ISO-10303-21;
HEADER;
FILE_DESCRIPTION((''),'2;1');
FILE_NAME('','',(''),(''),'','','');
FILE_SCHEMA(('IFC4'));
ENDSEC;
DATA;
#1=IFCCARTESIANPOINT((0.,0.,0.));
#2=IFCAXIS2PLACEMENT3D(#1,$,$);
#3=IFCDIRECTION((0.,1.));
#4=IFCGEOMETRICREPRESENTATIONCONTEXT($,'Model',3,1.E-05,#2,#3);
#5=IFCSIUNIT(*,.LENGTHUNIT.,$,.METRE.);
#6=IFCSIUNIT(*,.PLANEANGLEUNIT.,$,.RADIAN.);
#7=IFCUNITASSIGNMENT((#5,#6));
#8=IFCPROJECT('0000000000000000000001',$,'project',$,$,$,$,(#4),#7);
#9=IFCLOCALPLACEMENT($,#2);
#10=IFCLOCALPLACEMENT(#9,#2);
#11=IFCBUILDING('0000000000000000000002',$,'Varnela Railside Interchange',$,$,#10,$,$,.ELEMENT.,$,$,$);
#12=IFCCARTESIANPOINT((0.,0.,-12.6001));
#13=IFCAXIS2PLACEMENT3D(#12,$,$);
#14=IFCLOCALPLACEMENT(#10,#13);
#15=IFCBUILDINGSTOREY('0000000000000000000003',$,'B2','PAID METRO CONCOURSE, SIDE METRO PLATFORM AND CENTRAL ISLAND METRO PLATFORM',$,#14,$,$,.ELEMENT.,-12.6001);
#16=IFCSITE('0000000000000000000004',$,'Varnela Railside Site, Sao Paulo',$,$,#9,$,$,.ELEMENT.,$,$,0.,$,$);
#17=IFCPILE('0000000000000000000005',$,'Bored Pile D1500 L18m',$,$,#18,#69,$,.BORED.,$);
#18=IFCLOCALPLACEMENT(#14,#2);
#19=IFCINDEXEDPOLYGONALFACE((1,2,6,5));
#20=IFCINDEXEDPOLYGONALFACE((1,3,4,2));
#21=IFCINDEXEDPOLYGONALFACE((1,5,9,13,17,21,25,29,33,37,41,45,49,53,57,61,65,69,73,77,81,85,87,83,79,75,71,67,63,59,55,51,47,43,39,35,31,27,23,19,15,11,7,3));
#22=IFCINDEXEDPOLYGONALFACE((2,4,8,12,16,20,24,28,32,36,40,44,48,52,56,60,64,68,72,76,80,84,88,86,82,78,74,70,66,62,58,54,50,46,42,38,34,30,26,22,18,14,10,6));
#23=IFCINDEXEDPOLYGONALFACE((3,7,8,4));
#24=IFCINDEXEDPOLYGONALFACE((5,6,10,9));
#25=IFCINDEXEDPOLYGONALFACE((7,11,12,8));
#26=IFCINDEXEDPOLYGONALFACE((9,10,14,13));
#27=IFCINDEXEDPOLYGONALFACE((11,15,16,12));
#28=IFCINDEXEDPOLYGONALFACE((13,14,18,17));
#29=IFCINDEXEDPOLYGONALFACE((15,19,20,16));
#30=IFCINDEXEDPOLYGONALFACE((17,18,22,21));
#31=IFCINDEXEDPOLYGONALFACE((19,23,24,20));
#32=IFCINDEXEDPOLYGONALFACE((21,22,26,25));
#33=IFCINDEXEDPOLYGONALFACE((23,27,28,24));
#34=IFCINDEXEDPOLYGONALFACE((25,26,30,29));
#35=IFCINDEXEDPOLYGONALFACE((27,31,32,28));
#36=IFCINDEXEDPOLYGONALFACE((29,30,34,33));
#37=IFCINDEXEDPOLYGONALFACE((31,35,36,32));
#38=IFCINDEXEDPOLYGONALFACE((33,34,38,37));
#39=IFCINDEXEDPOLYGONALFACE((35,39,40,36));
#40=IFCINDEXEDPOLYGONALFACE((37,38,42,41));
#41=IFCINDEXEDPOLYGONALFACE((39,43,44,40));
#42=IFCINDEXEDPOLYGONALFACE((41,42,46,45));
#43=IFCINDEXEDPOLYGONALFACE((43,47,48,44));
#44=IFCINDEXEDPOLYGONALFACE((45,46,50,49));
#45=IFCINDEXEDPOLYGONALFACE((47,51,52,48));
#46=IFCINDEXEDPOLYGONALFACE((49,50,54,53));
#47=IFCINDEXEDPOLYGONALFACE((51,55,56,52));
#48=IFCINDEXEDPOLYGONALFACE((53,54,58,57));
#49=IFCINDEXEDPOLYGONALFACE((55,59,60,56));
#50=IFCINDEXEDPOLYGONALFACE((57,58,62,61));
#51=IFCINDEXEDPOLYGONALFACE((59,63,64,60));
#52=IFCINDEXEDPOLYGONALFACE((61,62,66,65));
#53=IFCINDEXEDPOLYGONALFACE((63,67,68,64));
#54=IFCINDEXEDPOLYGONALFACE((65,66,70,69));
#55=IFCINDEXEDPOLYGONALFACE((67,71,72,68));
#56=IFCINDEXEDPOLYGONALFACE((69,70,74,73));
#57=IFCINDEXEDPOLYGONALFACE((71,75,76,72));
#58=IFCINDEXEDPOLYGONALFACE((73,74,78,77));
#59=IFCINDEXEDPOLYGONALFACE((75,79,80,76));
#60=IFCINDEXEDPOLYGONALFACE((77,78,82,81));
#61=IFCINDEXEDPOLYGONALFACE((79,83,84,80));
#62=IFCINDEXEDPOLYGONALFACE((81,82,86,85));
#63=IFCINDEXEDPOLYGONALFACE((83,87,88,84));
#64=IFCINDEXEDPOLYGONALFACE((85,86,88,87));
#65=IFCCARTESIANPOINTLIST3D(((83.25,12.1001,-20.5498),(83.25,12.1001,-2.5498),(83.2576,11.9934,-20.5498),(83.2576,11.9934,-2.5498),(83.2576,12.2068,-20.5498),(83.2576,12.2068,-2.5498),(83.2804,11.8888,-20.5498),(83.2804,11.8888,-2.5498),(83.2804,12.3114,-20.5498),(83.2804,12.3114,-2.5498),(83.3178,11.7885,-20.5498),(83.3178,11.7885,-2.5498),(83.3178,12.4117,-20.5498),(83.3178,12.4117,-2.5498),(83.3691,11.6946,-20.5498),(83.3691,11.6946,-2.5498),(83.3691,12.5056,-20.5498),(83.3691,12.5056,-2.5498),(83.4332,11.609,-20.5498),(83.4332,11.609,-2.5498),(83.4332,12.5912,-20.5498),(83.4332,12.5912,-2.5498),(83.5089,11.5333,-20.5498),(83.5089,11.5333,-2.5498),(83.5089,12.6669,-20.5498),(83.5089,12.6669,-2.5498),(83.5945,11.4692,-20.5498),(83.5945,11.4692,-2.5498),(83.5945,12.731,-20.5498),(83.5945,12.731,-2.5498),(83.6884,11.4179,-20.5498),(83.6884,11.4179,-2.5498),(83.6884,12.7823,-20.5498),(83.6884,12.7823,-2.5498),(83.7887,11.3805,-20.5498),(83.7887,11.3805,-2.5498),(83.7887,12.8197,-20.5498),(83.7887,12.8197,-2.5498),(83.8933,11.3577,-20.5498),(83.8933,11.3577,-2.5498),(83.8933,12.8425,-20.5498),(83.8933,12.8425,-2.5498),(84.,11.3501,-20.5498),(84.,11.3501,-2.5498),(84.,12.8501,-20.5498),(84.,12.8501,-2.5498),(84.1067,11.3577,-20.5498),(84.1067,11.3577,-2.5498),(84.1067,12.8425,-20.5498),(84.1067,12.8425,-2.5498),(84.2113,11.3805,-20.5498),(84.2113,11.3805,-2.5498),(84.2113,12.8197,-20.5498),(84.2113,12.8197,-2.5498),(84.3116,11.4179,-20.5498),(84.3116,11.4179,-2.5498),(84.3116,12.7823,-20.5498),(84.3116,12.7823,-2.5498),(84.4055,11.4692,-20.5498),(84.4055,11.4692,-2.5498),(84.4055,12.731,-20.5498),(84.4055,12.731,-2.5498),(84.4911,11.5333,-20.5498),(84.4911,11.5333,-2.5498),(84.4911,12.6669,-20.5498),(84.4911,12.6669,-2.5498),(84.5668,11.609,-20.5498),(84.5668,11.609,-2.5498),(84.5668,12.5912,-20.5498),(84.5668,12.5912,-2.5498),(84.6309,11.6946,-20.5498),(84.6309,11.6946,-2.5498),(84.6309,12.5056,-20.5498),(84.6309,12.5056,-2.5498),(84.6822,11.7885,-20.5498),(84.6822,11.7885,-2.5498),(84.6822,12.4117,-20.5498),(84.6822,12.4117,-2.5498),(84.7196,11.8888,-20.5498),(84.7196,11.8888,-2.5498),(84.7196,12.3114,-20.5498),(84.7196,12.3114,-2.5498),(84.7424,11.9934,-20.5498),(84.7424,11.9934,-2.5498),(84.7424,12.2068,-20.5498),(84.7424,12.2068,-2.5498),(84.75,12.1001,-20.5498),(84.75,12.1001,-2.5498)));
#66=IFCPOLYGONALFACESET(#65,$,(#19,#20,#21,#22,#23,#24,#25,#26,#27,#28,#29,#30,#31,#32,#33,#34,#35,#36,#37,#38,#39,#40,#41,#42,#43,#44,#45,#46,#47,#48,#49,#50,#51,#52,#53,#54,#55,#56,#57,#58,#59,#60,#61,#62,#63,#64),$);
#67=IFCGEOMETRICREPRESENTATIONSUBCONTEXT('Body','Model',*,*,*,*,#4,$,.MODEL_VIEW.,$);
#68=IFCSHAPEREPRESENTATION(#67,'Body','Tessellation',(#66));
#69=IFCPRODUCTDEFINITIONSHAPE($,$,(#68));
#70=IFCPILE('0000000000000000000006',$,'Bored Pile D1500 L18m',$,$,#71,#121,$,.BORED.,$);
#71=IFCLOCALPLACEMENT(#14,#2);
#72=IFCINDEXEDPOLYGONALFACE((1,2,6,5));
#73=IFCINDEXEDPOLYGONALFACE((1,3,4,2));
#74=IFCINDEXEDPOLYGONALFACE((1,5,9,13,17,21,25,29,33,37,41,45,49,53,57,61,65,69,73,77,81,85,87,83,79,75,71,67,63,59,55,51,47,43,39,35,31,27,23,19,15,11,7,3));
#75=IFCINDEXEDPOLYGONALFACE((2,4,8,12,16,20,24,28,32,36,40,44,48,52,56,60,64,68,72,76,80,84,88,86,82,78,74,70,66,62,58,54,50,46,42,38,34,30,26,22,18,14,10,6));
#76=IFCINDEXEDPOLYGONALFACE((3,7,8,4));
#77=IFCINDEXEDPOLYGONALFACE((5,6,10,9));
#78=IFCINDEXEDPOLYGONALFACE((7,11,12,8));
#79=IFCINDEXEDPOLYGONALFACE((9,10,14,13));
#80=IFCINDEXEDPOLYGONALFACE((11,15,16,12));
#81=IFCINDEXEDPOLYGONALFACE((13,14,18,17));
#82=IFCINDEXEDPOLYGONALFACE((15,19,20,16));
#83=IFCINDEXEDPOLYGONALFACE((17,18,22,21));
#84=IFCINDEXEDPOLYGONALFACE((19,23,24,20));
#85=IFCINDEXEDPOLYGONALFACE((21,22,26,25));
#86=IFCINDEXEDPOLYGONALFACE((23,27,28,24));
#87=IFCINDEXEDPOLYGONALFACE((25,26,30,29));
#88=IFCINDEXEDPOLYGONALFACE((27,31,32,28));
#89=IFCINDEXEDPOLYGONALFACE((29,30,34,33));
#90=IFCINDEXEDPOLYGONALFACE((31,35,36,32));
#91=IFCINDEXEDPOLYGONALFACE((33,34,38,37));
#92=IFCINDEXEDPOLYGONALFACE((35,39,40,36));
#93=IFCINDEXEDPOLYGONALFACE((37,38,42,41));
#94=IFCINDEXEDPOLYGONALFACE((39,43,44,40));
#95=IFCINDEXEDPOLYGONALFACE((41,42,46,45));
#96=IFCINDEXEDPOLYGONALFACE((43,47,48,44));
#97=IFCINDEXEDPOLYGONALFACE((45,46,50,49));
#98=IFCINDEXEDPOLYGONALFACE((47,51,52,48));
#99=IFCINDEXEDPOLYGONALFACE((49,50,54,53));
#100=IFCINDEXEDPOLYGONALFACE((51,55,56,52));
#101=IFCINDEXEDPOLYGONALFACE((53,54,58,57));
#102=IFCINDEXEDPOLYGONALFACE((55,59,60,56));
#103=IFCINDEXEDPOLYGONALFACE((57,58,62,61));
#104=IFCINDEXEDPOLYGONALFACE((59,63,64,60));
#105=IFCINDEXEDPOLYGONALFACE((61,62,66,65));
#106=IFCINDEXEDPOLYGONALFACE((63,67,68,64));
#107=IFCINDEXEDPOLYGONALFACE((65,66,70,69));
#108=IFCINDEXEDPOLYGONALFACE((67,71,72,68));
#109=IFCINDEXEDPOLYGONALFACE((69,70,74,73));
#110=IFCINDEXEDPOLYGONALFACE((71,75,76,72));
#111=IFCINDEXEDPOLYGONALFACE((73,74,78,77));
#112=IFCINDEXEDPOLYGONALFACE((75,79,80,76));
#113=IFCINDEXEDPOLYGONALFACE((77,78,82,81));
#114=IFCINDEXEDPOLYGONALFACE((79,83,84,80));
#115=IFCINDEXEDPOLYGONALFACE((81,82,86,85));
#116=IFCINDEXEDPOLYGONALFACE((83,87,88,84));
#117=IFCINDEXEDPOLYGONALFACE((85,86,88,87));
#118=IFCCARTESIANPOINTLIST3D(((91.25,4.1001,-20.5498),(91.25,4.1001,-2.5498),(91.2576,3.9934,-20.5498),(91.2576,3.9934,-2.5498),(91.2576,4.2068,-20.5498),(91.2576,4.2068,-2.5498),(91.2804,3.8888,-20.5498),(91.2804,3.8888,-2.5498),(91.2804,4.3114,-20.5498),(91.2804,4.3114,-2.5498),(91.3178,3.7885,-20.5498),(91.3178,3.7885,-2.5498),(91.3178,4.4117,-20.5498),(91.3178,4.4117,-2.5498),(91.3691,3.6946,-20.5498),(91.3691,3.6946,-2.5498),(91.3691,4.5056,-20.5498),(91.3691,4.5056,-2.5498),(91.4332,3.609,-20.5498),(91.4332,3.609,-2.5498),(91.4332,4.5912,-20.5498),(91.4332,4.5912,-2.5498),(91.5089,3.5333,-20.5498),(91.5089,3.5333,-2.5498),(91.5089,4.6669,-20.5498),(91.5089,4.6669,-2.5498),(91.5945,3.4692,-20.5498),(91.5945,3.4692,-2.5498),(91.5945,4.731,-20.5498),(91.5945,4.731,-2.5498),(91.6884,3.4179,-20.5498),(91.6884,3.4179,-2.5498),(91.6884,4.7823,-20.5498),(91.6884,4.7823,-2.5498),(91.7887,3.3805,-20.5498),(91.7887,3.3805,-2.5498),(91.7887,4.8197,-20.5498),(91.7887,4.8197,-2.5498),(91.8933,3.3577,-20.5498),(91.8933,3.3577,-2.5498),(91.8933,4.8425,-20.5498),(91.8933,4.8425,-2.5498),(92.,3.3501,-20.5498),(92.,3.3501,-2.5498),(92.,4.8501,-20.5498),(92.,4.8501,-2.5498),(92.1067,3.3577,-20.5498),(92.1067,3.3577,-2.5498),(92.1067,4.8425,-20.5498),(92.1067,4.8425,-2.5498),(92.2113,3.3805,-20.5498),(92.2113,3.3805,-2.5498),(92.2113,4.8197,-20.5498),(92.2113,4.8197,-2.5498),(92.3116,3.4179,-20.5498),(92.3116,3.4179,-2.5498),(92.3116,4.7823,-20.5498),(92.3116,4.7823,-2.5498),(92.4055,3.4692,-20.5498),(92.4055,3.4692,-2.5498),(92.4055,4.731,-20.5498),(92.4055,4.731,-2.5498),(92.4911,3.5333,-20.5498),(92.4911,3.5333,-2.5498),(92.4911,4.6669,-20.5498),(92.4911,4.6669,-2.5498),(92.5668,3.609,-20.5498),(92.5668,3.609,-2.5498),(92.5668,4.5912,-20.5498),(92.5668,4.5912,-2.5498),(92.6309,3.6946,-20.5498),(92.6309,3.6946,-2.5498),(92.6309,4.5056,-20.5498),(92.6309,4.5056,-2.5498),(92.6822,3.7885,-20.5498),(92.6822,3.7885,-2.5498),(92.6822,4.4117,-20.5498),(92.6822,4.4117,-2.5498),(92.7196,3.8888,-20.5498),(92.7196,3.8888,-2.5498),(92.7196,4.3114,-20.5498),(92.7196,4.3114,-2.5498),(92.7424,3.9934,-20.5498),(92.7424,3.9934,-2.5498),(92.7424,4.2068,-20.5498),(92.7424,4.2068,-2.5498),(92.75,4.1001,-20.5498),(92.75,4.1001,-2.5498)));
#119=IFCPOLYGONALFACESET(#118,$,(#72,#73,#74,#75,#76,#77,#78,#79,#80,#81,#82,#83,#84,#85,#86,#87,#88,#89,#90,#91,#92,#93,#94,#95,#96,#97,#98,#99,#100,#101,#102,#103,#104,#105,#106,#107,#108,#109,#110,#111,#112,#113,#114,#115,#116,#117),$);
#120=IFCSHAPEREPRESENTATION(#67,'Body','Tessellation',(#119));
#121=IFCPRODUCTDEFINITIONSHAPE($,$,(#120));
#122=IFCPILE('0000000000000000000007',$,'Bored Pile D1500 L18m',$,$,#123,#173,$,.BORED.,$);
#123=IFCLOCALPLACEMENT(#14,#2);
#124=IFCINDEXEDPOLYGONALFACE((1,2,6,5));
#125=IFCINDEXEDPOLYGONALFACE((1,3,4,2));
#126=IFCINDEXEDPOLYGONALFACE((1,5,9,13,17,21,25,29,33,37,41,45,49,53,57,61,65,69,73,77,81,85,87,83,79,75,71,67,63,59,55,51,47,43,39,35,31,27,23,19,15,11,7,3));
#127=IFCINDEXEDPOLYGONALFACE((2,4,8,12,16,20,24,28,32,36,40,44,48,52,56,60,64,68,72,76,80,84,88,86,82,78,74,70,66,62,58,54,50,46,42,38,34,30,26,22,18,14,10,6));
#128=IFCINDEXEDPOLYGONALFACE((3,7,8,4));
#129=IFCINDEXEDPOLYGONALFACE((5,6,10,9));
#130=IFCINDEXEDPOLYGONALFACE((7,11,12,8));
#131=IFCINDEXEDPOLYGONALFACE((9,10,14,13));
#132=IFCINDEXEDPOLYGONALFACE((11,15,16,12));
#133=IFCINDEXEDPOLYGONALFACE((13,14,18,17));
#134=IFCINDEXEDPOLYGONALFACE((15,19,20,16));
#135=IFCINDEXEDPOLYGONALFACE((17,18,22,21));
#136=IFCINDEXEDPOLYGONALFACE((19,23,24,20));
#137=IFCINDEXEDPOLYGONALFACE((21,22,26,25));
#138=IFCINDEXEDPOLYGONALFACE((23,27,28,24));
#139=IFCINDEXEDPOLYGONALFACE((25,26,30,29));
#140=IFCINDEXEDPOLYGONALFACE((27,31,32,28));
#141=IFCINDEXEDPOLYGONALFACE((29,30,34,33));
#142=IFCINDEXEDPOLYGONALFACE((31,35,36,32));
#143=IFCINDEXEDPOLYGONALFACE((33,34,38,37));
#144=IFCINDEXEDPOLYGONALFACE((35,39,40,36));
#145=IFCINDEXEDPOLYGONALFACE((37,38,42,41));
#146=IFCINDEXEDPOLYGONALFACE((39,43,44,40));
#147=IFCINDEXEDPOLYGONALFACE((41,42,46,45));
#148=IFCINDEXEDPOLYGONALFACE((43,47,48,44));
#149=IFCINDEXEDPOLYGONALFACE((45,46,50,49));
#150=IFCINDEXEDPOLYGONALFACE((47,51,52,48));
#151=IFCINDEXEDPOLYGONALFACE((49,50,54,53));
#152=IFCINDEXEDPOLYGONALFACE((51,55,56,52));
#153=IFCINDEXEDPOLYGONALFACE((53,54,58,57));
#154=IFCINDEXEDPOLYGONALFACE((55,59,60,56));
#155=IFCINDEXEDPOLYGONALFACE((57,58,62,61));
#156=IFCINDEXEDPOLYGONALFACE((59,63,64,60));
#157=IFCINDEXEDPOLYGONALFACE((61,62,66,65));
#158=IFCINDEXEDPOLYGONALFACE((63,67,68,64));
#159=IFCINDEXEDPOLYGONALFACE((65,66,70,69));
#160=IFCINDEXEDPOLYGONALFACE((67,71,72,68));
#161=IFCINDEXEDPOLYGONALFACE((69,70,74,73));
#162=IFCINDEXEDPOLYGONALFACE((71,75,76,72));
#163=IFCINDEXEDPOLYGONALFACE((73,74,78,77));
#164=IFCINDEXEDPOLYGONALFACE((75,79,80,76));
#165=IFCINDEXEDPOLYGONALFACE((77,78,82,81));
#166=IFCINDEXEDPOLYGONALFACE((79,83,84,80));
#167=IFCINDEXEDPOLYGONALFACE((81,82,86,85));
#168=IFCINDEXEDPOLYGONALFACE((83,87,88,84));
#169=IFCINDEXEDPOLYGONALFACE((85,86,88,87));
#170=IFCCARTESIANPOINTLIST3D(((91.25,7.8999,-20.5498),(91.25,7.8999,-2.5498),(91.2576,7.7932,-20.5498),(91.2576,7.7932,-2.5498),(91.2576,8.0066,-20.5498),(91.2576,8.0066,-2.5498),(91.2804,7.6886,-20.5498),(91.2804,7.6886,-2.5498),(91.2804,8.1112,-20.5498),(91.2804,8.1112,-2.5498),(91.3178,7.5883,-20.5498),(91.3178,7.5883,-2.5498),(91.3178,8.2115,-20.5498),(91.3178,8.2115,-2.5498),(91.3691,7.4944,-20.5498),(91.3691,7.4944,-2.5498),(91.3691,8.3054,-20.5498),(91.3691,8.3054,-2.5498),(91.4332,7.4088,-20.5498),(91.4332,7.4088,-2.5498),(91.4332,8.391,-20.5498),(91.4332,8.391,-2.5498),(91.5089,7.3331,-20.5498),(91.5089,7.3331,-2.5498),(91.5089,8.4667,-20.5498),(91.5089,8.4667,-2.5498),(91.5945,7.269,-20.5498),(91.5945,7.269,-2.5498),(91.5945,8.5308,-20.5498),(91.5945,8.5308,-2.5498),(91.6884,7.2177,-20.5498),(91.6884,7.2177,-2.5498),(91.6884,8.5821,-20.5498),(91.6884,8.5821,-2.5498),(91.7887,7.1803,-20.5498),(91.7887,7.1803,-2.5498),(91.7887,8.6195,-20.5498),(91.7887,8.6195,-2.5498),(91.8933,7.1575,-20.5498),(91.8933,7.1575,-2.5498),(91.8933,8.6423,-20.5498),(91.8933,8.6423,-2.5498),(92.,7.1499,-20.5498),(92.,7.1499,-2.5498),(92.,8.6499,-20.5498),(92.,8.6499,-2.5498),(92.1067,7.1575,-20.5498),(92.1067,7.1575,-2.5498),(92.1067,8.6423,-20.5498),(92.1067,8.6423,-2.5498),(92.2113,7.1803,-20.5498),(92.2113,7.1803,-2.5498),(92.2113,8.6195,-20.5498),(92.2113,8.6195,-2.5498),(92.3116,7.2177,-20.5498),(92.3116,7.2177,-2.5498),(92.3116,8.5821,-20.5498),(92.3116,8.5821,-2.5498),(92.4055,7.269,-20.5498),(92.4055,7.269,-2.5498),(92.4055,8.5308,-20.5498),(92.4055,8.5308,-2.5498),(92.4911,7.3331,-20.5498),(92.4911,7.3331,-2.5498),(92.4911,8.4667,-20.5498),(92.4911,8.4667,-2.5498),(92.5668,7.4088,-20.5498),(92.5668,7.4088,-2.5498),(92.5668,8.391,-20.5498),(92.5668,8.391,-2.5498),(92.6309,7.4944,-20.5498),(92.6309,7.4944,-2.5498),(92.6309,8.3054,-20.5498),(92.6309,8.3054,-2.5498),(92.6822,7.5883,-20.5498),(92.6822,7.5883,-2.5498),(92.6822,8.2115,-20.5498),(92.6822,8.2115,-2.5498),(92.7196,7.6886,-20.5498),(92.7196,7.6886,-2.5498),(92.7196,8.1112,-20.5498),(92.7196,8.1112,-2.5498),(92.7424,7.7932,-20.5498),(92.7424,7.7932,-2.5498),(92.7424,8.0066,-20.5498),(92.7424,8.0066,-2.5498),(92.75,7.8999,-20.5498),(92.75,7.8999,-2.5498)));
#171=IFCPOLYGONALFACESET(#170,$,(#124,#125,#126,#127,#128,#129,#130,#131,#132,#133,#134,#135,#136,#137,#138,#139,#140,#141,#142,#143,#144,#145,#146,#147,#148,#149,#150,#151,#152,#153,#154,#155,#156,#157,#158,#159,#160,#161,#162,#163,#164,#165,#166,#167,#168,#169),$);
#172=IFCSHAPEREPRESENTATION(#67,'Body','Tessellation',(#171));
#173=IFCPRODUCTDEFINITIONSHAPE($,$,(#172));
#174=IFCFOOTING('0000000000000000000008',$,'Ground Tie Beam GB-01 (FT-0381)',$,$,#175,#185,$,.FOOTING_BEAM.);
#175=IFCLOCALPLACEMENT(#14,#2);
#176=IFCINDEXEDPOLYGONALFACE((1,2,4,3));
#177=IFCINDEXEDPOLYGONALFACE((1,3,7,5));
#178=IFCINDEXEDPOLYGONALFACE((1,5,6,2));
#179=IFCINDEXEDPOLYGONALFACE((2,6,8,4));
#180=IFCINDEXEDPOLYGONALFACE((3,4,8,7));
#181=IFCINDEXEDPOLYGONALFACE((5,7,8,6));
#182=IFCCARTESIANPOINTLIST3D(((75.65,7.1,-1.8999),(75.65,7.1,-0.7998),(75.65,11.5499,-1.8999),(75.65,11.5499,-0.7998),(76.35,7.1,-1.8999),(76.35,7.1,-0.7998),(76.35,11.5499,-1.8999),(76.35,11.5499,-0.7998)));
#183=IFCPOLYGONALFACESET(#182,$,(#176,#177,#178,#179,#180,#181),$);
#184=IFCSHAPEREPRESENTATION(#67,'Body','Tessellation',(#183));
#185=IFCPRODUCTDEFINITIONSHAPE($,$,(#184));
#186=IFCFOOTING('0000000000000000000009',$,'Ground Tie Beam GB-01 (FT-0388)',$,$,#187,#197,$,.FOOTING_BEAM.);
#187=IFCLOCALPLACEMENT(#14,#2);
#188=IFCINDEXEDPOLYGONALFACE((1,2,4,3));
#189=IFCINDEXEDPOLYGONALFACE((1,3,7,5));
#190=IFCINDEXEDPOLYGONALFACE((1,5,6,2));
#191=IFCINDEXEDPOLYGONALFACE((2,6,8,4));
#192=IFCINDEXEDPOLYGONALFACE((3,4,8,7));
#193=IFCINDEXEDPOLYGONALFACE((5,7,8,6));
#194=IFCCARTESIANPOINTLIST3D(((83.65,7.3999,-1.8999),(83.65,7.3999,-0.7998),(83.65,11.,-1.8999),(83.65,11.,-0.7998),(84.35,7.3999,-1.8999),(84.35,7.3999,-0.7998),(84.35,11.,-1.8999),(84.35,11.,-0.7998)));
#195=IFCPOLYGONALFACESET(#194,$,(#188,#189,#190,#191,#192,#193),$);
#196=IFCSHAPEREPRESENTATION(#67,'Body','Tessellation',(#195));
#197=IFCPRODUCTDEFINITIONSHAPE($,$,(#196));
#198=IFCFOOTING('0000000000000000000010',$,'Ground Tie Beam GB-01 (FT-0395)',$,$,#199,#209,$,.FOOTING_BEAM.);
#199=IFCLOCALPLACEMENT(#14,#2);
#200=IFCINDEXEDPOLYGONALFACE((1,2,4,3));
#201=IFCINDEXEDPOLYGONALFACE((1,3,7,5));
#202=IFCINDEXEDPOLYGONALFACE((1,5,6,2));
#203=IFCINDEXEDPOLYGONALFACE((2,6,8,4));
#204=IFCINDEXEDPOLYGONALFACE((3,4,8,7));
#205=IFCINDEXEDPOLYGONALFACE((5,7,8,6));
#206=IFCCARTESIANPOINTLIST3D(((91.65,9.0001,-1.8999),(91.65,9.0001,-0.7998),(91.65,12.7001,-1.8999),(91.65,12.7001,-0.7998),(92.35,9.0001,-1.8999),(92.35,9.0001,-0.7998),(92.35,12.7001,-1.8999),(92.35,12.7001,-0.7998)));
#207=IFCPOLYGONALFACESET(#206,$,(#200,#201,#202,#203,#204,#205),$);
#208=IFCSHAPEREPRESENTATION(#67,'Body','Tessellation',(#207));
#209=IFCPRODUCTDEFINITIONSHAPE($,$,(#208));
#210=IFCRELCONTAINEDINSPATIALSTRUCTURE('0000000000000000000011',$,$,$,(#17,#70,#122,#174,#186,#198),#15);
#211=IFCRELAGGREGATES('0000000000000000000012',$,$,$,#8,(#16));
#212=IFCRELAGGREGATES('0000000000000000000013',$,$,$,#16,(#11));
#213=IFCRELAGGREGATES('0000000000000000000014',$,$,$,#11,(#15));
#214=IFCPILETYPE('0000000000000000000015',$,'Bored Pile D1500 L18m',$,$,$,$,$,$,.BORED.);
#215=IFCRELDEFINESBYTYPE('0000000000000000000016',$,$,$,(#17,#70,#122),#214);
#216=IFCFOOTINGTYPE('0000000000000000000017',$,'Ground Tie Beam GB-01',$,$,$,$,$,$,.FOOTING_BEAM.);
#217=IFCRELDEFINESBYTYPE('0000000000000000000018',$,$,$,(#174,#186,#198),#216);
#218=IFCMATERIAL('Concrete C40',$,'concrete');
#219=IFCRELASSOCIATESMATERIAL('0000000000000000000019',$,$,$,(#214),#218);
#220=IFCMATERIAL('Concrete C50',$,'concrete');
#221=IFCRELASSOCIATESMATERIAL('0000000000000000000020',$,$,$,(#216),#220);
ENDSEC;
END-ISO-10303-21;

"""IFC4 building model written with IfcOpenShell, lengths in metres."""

from ifc_helpers import new_model, si_unit, direction, frame, origin, origin_2d, place, context, subcontext, project, spatial, rectangle, circle, extrude, material, material_profile, profile_set, type_object, element, save


model = new_model("IFC4")

# Units and contexts
model_context = context("Model", 3, precision=1e-05, world=origin(), true_north=direction((0.0, 1.0)))
body_context = subcontext(model_context, "Body", "Model", "MODEL_VIEW")
ifc_project = project(units=[si_unit("LENGTHUNIT", "METRE"), si_unit("PLANEANGLEUNIT", "RADIAN")], contexts=[model_context])

# Site, building, storey
site_placement = place(None, origin())
site = spatial("IfcSite", under=ifc_project, at=site_placement, Name="Varnela Railside Site, Sao Paulo", CompositionType="ELEMENT", RefElevation=0.0)
building_placement = place(site_placement, origin())
building = spatial("IfcBuilding", under=site, at=building_placement, Name="Varnela Railside Interchange", CompositionType="ELEMENT")
storey_placement = place(building_placement, frame((0.0, 0.0, -12.6001)))
storey = spatial("IfcBuildingStorey", under=building, at=storey_placement, Name="B2", Description="PAID METRO CONCOURSE, SIDE METRO PLATFORM AND CENTRAL ISLAND METRO PLATFORM", CompositionType="ELEMENT", Elevation=-12.6001)

# Piles
ifc_material_1 = material(Name="Concrete C40", Category="concrete")
ifc_material_profile_1 = material_profile(ifc_material_1, circle(Radius=0.75, at=origin_2d()), Name="BORED PILE D1500")
ifc_profile_set_1 = profile_set([ifc_material_profile_1], Name="Concrete C40")
pile_type_1 = type_object("IfcPileType", Name="Bored Pile D1500 L18m", PredefinedType="BORED", material=ifc_profile_set_1)
for number, where, z_axis, x_axis, name in (
    (1, (84.0, 12.1001, -2.5498), (0.0, 0.0, -1.0), (1.0, 0.0, 0.0), "Bored Pile D1500 L18m"),
    (2, (92.0, 4.1001, -2.5498), (0.0, 0.0, -1.0), (1.0, 0.0, 0.0), "Bored Pile D1500 L18m"),
    (3, (92.0, 7.8999, -2.5498), (0.0, 0.0, -1.0), (1.0, 0.0, 0.0), "Bored Pile D1500 L18m"),
):
    element("IfcPile", number, at=place(storey_placement, frame(where, z_axis=z_axis, x_axis=x_axis)), inside=storey, type_object=pile_type_1, Name=name, PredefinedType="BORED", context=body_context, shape_type="SweptSolid", body=[
        extrude(circle(Radius=0.75, at=origin_2d()), origin(), (0.0, 0.0, 1.0), 18.0),
    ])

# Footings
ifc_material_2 = material(Name="Concrete C50", Category="concrete")
footing_type_1 = type_object("IfcFootingType", Name="Ground Tie Beam GB-01", PredefinedType="FOOTING_BEAM", material=ifc_material_2)
footing_1_placement = place(storey_placement, frame((76.0, 9.325, -1.8999), z_axis=(0.0, 0.0, 1.0), x_axis=(1.0, 0.0, 0.0)))
element("IfcFooting", 4, at=footing_1_placement, inside=storey, type_object=footing_type_1, Name="Ground Tie Beam GB-01 (FT-0381)", PredefinedType="FOOTING_BEAM", context=body_context, shape_type="SweptSolid", body=[
    extrude(rectangle(XDim=0.7, YDim=4.45, at=origin_2d()), origin(), (0.0, 0.0, 1.0), 1.1001),
])
footing_2_placement = place(storey_placement, frame((84.0, 9.2, -1.8999), z_axis=(0.0, 0.0, 1.0), x_axis=(1.0, 0.0, 0.0)))
element("IfcFooting", 5, at=footing_2_placement, inside=storey, type_object=footing_type_1, Name="Ground Tie Beam GB-01 (FT-0388)", PredefinedType="FOOTING_BEAM", context=body_context, shape_type="SweptSolid", body=[
    extrude(rectangle(XDim=0.7, YDim=3.6001, at=origin_2d()), origin(), (0.0, 0.0, 1.0), 1.1001),
])
footing_3_placement = place(storey_placement, frame((92.0, 10.8501, -1.8999), z_axis=(0.0, 0.0, 1.0), x_axis=(1.0, 0.0, 0.0)))
element("IfcFooting", 6, at=footing_3_placement, inside=storey, type_object=footing_type_1, Name="Ground Tie Beam GB-01 (FT-0395)", PredefinedType="FOOTING_BEAM", context=body_context, shape_type="SweptSolid", body=[
    extrude(rectangle(XDim=0.7, YDim=3.7, at=origin_2d()), origin(), (0.0, 0.0, 1.0), 1.1001),
])

save(model, "model.ifc")
